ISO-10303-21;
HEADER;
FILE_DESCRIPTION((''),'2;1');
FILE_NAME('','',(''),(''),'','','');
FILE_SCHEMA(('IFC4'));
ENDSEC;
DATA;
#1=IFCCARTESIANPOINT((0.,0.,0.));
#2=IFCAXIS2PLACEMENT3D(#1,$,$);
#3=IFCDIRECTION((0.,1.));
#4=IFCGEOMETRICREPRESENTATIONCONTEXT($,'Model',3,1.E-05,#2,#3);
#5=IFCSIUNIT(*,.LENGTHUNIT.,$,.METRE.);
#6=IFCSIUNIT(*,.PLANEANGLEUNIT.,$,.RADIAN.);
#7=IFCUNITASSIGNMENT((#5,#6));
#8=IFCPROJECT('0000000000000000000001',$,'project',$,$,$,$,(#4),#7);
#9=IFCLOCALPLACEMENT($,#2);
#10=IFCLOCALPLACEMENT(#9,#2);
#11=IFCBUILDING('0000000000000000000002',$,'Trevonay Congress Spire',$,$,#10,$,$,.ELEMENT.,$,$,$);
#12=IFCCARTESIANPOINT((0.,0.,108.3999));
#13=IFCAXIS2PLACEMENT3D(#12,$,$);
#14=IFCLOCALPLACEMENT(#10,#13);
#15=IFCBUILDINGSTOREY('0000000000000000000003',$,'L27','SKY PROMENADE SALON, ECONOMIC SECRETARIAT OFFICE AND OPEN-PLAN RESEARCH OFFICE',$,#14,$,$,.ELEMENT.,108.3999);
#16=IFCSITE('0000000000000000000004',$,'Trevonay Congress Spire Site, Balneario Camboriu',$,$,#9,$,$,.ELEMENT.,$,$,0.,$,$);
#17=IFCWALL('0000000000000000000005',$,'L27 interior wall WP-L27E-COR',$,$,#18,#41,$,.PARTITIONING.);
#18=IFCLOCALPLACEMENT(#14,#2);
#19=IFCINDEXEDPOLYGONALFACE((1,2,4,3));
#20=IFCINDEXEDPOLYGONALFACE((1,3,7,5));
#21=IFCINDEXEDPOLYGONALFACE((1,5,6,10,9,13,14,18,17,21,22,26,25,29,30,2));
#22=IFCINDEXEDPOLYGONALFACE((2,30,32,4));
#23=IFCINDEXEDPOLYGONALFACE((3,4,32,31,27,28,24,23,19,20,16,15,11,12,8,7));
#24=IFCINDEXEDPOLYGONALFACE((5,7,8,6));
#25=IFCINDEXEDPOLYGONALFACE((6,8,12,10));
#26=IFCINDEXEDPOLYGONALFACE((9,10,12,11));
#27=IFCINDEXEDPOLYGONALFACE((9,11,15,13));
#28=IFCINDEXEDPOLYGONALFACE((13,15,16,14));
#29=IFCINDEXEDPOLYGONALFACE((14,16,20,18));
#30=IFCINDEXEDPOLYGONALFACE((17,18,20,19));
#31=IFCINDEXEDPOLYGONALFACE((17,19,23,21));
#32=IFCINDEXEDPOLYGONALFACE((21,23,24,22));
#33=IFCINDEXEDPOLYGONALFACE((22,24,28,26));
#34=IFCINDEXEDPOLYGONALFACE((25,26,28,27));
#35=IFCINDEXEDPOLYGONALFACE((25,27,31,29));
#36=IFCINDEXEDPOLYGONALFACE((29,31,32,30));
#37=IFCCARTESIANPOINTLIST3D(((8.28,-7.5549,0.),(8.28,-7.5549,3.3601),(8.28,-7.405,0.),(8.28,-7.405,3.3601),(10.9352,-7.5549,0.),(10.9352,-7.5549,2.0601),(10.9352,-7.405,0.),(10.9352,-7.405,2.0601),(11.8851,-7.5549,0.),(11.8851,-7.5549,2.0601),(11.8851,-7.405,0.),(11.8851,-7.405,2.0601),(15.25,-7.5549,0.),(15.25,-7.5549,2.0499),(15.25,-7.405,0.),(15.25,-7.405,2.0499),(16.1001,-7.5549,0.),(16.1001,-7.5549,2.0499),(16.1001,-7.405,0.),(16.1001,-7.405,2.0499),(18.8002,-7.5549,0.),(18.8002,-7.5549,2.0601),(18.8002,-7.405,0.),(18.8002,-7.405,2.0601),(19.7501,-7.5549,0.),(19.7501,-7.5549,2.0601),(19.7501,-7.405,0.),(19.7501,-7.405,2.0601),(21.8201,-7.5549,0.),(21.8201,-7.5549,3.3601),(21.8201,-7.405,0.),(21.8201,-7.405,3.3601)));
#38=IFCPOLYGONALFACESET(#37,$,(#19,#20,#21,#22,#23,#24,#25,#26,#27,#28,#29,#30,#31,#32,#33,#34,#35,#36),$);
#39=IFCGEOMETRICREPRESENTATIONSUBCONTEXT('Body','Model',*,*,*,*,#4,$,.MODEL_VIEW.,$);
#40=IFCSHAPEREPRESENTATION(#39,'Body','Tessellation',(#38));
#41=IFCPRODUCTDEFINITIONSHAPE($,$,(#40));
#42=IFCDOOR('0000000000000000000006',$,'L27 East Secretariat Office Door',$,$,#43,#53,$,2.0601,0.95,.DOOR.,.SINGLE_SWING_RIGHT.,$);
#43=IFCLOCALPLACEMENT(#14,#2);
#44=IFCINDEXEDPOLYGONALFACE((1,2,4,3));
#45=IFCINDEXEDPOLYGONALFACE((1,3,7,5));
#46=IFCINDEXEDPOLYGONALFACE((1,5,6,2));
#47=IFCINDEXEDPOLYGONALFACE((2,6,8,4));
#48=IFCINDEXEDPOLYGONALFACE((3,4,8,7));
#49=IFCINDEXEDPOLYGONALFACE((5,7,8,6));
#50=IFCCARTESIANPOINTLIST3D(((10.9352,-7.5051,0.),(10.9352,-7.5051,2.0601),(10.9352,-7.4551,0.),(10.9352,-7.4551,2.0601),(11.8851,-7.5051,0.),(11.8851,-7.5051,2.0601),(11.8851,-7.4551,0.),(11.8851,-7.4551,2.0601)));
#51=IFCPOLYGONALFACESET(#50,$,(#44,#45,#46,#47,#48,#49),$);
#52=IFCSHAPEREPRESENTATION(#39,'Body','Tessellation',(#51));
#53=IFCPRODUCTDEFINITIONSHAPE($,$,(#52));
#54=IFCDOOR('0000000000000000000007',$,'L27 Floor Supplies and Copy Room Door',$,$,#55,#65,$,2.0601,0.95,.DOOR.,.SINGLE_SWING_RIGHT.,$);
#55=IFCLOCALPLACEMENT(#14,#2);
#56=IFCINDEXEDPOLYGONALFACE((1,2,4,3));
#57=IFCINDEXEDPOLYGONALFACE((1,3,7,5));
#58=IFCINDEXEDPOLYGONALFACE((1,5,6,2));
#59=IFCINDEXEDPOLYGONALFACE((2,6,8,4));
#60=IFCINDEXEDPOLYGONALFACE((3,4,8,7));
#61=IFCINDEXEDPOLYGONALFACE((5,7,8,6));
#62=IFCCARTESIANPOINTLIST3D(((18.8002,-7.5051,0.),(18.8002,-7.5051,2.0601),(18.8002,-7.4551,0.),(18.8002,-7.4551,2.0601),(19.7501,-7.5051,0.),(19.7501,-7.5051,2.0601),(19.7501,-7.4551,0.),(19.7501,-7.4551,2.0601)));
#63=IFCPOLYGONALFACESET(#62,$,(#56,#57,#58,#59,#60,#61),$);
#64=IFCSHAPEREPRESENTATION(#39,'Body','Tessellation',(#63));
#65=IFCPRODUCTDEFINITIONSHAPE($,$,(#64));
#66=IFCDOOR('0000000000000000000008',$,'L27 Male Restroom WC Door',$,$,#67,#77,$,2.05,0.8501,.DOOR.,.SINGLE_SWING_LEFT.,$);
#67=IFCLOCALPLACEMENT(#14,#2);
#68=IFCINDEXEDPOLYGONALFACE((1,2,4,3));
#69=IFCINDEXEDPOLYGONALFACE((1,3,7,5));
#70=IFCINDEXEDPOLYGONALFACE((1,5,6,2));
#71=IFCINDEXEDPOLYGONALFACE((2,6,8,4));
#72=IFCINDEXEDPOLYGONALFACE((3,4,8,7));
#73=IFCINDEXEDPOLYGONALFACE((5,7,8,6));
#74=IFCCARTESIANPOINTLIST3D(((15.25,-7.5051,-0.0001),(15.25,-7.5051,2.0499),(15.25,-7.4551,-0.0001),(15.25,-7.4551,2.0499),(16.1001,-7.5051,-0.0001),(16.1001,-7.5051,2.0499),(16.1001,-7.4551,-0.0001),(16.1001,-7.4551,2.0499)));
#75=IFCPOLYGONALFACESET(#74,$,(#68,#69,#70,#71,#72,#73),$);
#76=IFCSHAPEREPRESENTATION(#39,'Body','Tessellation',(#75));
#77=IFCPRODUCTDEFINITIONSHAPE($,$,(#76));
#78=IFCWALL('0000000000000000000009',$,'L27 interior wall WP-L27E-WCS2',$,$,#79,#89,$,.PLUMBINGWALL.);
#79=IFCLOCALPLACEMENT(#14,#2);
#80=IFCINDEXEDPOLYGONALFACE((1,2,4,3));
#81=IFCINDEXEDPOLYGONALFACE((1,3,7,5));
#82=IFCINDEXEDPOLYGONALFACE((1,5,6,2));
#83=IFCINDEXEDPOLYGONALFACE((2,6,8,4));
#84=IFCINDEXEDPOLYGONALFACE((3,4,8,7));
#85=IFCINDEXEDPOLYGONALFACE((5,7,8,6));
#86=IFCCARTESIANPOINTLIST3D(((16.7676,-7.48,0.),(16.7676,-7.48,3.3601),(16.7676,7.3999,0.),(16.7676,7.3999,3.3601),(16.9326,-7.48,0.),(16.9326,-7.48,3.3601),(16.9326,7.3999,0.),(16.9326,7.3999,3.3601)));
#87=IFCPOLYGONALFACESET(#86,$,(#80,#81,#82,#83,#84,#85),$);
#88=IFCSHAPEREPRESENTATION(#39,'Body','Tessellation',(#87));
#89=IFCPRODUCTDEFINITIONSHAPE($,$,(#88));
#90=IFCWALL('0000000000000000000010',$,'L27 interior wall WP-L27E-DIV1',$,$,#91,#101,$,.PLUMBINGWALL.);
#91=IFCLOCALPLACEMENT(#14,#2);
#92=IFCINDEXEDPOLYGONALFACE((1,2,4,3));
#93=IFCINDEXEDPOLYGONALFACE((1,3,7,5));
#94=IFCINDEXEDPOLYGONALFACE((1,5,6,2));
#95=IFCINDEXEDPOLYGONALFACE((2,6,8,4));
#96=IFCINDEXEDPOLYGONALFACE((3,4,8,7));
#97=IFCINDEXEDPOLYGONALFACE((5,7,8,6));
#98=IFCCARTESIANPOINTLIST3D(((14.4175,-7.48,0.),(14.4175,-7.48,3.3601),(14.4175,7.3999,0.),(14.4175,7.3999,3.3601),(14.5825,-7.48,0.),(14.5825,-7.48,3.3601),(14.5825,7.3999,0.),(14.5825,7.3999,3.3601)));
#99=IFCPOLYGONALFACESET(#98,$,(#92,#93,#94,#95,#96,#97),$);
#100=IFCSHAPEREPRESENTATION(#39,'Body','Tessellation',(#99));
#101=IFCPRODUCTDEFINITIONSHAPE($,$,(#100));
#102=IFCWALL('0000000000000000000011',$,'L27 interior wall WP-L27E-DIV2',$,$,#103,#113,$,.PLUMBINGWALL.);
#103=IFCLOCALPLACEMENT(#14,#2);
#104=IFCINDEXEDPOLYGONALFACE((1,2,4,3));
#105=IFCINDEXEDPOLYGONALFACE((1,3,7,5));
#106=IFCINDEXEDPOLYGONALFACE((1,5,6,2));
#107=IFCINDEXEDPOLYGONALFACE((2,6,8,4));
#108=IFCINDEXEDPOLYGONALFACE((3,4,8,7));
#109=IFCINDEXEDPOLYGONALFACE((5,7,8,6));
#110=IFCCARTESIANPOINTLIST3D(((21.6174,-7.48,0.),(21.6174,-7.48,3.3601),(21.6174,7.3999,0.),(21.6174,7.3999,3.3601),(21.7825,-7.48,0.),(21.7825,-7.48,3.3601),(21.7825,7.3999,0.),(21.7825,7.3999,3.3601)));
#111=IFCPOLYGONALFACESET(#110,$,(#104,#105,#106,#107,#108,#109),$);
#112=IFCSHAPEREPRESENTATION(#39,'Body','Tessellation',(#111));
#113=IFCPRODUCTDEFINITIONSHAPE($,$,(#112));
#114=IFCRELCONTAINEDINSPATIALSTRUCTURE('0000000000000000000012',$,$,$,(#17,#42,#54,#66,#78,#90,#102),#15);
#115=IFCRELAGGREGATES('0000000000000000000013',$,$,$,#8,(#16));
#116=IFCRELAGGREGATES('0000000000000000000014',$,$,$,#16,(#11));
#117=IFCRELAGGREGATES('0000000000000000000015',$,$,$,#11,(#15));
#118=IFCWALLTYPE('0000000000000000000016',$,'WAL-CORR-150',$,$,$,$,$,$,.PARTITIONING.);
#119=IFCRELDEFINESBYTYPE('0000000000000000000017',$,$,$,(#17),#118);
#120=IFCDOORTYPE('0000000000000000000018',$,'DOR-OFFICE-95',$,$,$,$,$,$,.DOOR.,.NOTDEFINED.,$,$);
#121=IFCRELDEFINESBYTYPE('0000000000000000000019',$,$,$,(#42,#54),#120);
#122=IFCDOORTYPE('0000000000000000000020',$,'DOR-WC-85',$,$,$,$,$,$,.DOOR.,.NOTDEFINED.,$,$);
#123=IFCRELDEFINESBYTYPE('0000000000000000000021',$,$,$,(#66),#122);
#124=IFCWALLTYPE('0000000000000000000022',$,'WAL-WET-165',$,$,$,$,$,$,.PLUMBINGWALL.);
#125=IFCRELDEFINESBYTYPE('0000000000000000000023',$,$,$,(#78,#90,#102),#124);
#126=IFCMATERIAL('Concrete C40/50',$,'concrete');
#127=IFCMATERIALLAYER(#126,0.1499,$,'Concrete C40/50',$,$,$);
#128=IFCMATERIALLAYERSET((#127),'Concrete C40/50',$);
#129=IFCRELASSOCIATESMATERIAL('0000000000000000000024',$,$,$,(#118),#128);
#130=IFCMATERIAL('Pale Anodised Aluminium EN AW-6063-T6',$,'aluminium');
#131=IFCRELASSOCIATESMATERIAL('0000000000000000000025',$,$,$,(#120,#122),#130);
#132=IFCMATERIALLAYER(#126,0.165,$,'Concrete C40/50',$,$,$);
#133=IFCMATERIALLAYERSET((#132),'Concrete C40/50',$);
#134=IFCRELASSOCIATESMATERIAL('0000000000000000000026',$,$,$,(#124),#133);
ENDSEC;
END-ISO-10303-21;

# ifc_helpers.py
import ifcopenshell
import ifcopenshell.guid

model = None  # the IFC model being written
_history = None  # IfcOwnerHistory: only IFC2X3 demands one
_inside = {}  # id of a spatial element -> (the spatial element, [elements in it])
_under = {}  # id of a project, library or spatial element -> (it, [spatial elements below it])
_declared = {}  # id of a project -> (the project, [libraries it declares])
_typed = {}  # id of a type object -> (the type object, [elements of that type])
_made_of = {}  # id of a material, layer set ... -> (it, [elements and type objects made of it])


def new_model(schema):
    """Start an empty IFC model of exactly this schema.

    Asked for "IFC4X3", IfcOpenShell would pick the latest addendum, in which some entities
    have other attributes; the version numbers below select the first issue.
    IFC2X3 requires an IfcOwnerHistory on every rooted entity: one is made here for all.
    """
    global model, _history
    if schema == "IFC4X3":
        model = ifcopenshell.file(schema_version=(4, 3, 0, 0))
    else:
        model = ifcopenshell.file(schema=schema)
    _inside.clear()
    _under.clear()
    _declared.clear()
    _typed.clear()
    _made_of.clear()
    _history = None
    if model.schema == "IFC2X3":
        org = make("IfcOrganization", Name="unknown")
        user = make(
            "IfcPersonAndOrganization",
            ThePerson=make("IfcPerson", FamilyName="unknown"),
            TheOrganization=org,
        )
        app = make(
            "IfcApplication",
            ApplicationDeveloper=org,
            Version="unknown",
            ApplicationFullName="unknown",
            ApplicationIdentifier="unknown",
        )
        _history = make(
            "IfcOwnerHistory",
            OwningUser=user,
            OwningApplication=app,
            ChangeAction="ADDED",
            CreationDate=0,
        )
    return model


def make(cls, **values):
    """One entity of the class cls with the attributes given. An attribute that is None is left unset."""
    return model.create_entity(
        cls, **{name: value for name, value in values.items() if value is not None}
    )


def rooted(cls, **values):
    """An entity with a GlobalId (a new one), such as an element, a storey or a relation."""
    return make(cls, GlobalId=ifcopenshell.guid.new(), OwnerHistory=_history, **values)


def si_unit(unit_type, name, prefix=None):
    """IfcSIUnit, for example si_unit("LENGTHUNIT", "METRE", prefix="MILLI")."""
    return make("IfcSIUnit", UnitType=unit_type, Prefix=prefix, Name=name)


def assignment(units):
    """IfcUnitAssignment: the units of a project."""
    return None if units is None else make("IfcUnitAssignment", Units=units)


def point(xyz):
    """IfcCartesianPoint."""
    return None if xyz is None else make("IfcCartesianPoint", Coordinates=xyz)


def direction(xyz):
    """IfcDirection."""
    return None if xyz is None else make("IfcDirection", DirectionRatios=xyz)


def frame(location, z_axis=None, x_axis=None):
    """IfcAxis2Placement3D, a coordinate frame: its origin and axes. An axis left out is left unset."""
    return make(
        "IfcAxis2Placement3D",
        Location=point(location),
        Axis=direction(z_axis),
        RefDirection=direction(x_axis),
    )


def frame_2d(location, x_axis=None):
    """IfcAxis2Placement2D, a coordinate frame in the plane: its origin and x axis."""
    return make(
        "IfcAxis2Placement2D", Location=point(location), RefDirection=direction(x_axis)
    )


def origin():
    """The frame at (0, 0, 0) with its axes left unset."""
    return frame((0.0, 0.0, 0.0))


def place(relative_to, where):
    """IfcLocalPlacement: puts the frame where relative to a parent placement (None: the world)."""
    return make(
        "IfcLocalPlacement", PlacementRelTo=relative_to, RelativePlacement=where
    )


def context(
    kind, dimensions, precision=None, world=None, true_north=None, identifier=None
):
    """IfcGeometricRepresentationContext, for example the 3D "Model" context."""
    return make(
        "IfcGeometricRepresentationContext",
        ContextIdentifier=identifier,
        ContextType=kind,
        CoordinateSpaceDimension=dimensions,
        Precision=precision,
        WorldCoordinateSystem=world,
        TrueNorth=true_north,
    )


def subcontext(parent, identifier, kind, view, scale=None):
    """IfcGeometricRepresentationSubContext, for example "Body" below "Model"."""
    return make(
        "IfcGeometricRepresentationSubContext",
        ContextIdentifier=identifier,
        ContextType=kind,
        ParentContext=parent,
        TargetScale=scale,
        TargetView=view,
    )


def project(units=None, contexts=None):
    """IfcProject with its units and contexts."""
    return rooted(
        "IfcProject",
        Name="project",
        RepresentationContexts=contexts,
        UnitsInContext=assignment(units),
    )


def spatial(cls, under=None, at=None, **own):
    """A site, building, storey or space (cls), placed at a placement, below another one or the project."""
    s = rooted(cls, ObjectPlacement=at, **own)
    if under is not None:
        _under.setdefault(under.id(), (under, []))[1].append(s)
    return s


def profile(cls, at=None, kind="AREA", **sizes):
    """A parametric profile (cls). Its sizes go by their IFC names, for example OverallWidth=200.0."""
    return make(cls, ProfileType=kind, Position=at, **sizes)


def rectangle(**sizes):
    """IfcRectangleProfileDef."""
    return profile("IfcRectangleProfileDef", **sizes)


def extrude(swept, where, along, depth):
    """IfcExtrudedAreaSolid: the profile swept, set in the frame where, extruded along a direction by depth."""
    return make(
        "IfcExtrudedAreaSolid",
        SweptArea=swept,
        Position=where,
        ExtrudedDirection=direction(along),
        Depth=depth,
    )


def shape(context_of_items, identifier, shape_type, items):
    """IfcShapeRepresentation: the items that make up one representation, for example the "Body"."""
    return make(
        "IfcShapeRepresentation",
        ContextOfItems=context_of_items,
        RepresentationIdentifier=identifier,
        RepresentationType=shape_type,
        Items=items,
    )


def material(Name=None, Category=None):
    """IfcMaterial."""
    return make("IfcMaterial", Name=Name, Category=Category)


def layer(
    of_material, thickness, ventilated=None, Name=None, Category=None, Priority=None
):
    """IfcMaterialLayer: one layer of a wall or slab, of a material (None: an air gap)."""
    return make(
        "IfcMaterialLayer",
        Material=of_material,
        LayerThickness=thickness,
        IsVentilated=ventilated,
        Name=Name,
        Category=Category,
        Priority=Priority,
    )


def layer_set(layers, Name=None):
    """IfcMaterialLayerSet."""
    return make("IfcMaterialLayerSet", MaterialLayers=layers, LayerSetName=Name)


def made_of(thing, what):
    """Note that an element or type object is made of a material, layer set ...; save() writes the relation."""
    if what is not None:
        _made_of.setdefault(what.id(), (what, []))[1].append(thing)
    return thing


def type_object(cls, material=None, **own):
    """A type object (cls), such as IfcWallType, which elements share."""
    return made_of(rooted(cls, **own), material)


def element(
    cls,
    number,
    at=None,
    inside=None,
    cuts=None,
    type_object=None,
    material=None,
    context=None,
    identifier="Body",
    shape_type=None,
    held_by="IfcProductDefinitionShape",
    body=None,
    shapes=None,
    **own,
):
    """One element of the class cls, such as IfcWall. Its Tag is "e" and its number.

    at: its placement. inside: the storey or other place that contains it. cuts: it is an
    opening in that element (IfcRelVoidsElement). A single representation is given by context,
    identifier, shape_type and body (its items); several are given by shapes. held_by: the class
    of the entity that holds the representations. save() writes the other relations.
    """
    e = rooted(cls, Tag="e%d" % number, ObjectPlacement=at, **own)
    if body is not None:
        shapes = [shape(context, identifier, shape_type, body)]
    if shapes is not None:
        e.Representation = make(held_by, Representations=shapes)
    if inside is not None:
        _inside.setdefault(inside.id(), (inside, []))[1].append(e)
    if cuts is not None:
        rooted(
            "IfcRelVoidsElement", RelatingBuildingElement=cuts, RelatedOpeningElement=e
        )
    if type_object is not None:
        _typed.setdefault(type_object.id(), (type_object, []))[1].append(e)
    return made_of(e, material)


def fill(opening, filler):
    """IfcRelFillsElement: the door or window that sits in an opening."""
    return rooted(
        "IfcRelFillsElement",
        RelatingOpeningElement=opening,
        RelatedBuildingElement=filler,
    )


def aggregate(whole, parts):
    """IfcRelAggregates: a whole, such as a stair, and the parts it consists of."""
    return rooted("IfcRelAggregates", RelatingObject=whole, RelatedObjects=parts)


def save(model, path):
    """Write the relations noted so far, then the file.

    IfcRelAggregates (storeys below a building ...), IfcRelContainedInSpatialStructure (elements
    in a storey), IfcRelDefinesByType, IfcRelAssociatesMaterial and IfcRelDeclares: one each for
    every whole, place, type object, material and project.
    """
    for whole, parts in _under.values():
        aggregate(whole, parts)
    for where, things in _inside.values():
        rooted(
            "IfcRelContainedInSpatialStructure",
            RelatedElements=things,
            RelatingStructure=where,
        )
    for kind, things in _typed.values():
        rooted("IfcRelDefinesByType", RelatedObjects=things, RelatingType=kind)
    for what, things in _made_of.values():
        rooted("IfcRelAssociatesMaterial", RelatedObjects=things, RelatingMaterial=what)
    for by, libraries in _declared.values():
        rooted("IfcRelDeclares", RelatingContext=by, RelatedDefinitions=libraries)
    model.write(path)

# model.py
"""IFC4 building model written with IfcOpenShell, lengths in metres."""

from ifc_helpers import new_model, si_unit, direction, frame, frame_2d, origin, place, context, subcontext, project, spatial, rectangle, extrude, material, layer, layer_set, type_object, element, fill, save


model = new_model("IFC4")

# Units and contexts
model_context = context("Model", 3, precision=1e-05, world=origin(), true_north=direction((0.0, 1.0)))
body_context = subcontext(model_context, "Body", "Model", "MODEL_VIEW")
ifc_project = project(units=[si_unit("LENGTHUNIT", "METRE"), si_unit("PLANEANGLEUNIT", "RADIAN")], contexts=[model_context])

# Site, building, storey
site_placement = place(None, origin())
site = spatial("IfcSite", under=ifc_project, at=site_placement, Name="Trevonay Congress Spire Site, Balneario Camboriu", CompositionType="ELEMENT", RefElevation=0.0)
building_placement = place(site_placement, origin())
building = spatial("IfcBuilding", under=site, at=building_placement, Name="Trevonay Congress Spire", CompositionType="ELEMENT")
storey_placement = place(building_placement, frame((0.0, 0.0, 108.3999)))
storey = spatial("IfcBuildingStorey", under=building, at=storey_placement, Name="L27", Description="SKY PROMENADE SALON, ECONOMIC SECRETARIAT OFFICE AND OPEN-PLAN RESEARCH OFFICE", CompositionType="ELEMENT", Elevation=108.3999)

# Shared definitions
ifc_material_1 = material(Name="Pale Anodised Aluminium EN AW-6063-T6", Category="aluminium")

# Wall, openings, doors
ifc_material_2 = material(Name="Concrete C40/50", Category="concrete")
ifc_layer_1 = layer(ifc_material_2, 0.1499, Name="Concrete C40/50")
ifc_layer_set_1 = layer_set([ifc_layer_1], Name="Concrete C40/50")
wall_type_1 = type_object("IfcWallType", Name="WAL-CORR-150", PredefinedType="PARTITIONING", material=ifc_layer_set_1)
wall_placement = place(storey_placement, frame((8.28, -7.48, 0.0), z_axis=(0.0, 0.0, 1.0), x_axis=(1.0, 0.0, 0.0)))
wall = element("IfcWall", 1, at=wall_placement, inside=storey, type_object=wall_type_1, Name="L27 interior wall WP-L27E-COR", PredefinedType="PARTITIONING", context=body_context, shape_type="SweptSolid", body=[
    extrude(rectangle(XDim=13.54, YDim=0.1499, at=frame_2d((6.77, 0.0))), origin(), (0.0, 0.0, 1.0), 3.3601),
])
opening_1_placement = place(wall_placement, frame((2.655, 0.0, 0.0)))
opening_1 = element("IfcOpeningElement", 2, at=opening_1_placement, cuts=wall, PredefinedType="OPENING", context=body_context, shape_type="SweptSolid", body=[
    extrude(rectangle(XDim=0.95, YDim=2.0601, at=frame_2d((0.4751, 1.03))), frame((0.0, 0.085, 0.0), z_axis=(0.0, -1.0, 0.0), x_axis=(1.0, 0.0, 0.0)), (0.0, 0.0, 1.0), 0.1699),
])
opening_2_placement = place(wall_placement, frame((6.97, 0.0, 0.0)))
opening_2 = element("IfcOpeningElement", 3, at=opening_2_placement, cuts=wall, PredefinedType="OPENING", context=body_context, shape_type="SweptSolid", body=[
    extrude(rectangle(XDim=0.8501, YDim=2.05, at=frame_2d((0.425, 1.0249))), frame((0.0, 0.085, 0.0), z_axis=(0.0, -1.0, 0.0), x_axis=(1.0, 0.0, 0.0)), (0.0, 0.0, 1.0), 0.1699),
])
opening_3_placement = place(wall_placement, frame((10.52, 0.0, 0.0)))
opening_3 = element("IfcOpeningElement", 4, at=opening_3_placement, cuts=wall, PredefinedType="OPENING", context=body_context, shape_type="SweptSolid", body=[
    extrude(rectangle(XDim=0.95, YDim=2.0601, at=frame_2d((0.4751, 1.03))), frame((0.0, 0.085, 0.0), z_axis=(0.0, -1.0, 0.0), x_axis=(1.0, 0.0, 0.0)), (0.0, 0.0, 1.0), 0.1699),
])
door_type_1 = type_object("IfcDoorType", Name="DOR-OFFICE-95", OperationType="NOTDEFINED", PredefinedType="DOOR", material=ifc_material_1)
door_1_placement = place(opening_1_placement, origin())
door_1 = element("IfcDoor", 5, at=door_1_placement, inside=storey, type_object=door_type_1, Name="L27 East Secretariat Office Door", OperationType="SINGLE_SWING_RIGHT", OverallHeight=2.0601, OverallWidth=0.95, PredefinedType="DOOR", context=body_context, shape_type="SweptSolid", body=[
    extrude(rectangle(XDim=0.95, YDim=2.0601, at=frame_2d((0.4751, 1.03))), frame((0.0, 0.0249, 0.0), z_axis=(0.0, -1.0, 0.0), x_axis=(1.0, 0.0, 0.0)), (0.0, 0.0, 1.0), 0.05),
])
fill(opening_1, door_1)
door_2_placement = place(opening_3_placement, origin())
door_2 = element("IfcDoor", 6, at=door_2_placement, inside=storey, type_object=door_type_1, Name="L27 Floor Supplies and Copy Room Door", OperationType="SINGLE_SWING_RIGHT", OverallHeight=2.0601, OverallWidth=0.95, PredefinedType="DOOR", context=body_context, shape_type="SweptSolid", body=[
    extrude(rectangle(XDim=0.95, YDim=2.0601, at=frame_2d((0.4751, 1.03))), frame((0.0, 0.0249, 0.0), z_axis=(0.0, -1.0, 0.0), x_axis=(1.0, 0.0, 0.0)), (0.0, 0.0, 1.0), 0.05),
])
fill(opening_3, door_2)
door_type_2 = type_object("IfcDoorType", Name="DOR-WC-85", OperationType="NOTDEFINED", PredefinedType="DOOR", material=ifc_material_1)
door_3_placement = place(opening_2_placement, origin())
door_3 = element("IfcDoor", 7, at=door_3_placement, inside=storey, type_object=door_type_2, Name="L27 Male Restroom WC Door", OperationType="SINGLE_SWING_LEFT", OverallHeight=2.05, OverallWidth=0.8501, PredefinedType="DOOR", context=body_context, shape_type="SweptSolid", body=[
    extrude(rectangle(XDim=0.8501, YDim=2.05, at=frame_2d((0.425, 1.0249))), frame((0.0, 0.0249, 0.0), z_axis=(0.0, -1.0, 0.0), x_axis=(1.0, 0.0, 0.0)), (0.0, 0.0, 1.0), 0.05),
])
fill(opening_2, door_3)

# Walls
ifc_layer_2 = layer(ifc_material_2, 0.165, Name="Concrete C40/50")
ifc_layer_set_2 = layer_set([ifc_layer_2], Name="Concrete C40/50")
wall_type_2 = type_object("IfcWallType", Name="WAL-WET-165", PredefinedType="PLUMBINGWALL", material=ifc_layer_set_2)
for number, where, z_axis, x_axis, name in (
    (8, (16.8501, -7.48, 0.0), (0.0, 0.0, 1.0), (0.0, 1.0, 0.0), "L27 interior wall WP-L27E-WCS2"),
    (9, (14.5, -7.48, 0.0), (0.0, 0.0, 1.0), (0.0, 1.0, 0.0), "L27 interior wall WP-L27E-DIV1"),
    (10, (21.7, -7.48, 0.0), (0.0, 0.0, 1.0), (0.0, 1.0, 0.0), "L27 interior wall WP-L27E-DIV2"),
):
    element("IfcWall", number, at=place(storey_placement, frame(where, z_axis=z_axis, x_axis=x_axis)), inside=storey, type_object=wall_type_2, Name=name, PredefinedType="PLUMBINGWALL", context=body_context, shape_type="SweptSolid", body=[
        extrude(rectangle(XDim=14.8799, YDim=0.165, at=frame_2d((7.4399, 0.0))), origin(), (0.0, 0.0, 1.0), 3.3601),
    ])

save(model, "model.ifc")
